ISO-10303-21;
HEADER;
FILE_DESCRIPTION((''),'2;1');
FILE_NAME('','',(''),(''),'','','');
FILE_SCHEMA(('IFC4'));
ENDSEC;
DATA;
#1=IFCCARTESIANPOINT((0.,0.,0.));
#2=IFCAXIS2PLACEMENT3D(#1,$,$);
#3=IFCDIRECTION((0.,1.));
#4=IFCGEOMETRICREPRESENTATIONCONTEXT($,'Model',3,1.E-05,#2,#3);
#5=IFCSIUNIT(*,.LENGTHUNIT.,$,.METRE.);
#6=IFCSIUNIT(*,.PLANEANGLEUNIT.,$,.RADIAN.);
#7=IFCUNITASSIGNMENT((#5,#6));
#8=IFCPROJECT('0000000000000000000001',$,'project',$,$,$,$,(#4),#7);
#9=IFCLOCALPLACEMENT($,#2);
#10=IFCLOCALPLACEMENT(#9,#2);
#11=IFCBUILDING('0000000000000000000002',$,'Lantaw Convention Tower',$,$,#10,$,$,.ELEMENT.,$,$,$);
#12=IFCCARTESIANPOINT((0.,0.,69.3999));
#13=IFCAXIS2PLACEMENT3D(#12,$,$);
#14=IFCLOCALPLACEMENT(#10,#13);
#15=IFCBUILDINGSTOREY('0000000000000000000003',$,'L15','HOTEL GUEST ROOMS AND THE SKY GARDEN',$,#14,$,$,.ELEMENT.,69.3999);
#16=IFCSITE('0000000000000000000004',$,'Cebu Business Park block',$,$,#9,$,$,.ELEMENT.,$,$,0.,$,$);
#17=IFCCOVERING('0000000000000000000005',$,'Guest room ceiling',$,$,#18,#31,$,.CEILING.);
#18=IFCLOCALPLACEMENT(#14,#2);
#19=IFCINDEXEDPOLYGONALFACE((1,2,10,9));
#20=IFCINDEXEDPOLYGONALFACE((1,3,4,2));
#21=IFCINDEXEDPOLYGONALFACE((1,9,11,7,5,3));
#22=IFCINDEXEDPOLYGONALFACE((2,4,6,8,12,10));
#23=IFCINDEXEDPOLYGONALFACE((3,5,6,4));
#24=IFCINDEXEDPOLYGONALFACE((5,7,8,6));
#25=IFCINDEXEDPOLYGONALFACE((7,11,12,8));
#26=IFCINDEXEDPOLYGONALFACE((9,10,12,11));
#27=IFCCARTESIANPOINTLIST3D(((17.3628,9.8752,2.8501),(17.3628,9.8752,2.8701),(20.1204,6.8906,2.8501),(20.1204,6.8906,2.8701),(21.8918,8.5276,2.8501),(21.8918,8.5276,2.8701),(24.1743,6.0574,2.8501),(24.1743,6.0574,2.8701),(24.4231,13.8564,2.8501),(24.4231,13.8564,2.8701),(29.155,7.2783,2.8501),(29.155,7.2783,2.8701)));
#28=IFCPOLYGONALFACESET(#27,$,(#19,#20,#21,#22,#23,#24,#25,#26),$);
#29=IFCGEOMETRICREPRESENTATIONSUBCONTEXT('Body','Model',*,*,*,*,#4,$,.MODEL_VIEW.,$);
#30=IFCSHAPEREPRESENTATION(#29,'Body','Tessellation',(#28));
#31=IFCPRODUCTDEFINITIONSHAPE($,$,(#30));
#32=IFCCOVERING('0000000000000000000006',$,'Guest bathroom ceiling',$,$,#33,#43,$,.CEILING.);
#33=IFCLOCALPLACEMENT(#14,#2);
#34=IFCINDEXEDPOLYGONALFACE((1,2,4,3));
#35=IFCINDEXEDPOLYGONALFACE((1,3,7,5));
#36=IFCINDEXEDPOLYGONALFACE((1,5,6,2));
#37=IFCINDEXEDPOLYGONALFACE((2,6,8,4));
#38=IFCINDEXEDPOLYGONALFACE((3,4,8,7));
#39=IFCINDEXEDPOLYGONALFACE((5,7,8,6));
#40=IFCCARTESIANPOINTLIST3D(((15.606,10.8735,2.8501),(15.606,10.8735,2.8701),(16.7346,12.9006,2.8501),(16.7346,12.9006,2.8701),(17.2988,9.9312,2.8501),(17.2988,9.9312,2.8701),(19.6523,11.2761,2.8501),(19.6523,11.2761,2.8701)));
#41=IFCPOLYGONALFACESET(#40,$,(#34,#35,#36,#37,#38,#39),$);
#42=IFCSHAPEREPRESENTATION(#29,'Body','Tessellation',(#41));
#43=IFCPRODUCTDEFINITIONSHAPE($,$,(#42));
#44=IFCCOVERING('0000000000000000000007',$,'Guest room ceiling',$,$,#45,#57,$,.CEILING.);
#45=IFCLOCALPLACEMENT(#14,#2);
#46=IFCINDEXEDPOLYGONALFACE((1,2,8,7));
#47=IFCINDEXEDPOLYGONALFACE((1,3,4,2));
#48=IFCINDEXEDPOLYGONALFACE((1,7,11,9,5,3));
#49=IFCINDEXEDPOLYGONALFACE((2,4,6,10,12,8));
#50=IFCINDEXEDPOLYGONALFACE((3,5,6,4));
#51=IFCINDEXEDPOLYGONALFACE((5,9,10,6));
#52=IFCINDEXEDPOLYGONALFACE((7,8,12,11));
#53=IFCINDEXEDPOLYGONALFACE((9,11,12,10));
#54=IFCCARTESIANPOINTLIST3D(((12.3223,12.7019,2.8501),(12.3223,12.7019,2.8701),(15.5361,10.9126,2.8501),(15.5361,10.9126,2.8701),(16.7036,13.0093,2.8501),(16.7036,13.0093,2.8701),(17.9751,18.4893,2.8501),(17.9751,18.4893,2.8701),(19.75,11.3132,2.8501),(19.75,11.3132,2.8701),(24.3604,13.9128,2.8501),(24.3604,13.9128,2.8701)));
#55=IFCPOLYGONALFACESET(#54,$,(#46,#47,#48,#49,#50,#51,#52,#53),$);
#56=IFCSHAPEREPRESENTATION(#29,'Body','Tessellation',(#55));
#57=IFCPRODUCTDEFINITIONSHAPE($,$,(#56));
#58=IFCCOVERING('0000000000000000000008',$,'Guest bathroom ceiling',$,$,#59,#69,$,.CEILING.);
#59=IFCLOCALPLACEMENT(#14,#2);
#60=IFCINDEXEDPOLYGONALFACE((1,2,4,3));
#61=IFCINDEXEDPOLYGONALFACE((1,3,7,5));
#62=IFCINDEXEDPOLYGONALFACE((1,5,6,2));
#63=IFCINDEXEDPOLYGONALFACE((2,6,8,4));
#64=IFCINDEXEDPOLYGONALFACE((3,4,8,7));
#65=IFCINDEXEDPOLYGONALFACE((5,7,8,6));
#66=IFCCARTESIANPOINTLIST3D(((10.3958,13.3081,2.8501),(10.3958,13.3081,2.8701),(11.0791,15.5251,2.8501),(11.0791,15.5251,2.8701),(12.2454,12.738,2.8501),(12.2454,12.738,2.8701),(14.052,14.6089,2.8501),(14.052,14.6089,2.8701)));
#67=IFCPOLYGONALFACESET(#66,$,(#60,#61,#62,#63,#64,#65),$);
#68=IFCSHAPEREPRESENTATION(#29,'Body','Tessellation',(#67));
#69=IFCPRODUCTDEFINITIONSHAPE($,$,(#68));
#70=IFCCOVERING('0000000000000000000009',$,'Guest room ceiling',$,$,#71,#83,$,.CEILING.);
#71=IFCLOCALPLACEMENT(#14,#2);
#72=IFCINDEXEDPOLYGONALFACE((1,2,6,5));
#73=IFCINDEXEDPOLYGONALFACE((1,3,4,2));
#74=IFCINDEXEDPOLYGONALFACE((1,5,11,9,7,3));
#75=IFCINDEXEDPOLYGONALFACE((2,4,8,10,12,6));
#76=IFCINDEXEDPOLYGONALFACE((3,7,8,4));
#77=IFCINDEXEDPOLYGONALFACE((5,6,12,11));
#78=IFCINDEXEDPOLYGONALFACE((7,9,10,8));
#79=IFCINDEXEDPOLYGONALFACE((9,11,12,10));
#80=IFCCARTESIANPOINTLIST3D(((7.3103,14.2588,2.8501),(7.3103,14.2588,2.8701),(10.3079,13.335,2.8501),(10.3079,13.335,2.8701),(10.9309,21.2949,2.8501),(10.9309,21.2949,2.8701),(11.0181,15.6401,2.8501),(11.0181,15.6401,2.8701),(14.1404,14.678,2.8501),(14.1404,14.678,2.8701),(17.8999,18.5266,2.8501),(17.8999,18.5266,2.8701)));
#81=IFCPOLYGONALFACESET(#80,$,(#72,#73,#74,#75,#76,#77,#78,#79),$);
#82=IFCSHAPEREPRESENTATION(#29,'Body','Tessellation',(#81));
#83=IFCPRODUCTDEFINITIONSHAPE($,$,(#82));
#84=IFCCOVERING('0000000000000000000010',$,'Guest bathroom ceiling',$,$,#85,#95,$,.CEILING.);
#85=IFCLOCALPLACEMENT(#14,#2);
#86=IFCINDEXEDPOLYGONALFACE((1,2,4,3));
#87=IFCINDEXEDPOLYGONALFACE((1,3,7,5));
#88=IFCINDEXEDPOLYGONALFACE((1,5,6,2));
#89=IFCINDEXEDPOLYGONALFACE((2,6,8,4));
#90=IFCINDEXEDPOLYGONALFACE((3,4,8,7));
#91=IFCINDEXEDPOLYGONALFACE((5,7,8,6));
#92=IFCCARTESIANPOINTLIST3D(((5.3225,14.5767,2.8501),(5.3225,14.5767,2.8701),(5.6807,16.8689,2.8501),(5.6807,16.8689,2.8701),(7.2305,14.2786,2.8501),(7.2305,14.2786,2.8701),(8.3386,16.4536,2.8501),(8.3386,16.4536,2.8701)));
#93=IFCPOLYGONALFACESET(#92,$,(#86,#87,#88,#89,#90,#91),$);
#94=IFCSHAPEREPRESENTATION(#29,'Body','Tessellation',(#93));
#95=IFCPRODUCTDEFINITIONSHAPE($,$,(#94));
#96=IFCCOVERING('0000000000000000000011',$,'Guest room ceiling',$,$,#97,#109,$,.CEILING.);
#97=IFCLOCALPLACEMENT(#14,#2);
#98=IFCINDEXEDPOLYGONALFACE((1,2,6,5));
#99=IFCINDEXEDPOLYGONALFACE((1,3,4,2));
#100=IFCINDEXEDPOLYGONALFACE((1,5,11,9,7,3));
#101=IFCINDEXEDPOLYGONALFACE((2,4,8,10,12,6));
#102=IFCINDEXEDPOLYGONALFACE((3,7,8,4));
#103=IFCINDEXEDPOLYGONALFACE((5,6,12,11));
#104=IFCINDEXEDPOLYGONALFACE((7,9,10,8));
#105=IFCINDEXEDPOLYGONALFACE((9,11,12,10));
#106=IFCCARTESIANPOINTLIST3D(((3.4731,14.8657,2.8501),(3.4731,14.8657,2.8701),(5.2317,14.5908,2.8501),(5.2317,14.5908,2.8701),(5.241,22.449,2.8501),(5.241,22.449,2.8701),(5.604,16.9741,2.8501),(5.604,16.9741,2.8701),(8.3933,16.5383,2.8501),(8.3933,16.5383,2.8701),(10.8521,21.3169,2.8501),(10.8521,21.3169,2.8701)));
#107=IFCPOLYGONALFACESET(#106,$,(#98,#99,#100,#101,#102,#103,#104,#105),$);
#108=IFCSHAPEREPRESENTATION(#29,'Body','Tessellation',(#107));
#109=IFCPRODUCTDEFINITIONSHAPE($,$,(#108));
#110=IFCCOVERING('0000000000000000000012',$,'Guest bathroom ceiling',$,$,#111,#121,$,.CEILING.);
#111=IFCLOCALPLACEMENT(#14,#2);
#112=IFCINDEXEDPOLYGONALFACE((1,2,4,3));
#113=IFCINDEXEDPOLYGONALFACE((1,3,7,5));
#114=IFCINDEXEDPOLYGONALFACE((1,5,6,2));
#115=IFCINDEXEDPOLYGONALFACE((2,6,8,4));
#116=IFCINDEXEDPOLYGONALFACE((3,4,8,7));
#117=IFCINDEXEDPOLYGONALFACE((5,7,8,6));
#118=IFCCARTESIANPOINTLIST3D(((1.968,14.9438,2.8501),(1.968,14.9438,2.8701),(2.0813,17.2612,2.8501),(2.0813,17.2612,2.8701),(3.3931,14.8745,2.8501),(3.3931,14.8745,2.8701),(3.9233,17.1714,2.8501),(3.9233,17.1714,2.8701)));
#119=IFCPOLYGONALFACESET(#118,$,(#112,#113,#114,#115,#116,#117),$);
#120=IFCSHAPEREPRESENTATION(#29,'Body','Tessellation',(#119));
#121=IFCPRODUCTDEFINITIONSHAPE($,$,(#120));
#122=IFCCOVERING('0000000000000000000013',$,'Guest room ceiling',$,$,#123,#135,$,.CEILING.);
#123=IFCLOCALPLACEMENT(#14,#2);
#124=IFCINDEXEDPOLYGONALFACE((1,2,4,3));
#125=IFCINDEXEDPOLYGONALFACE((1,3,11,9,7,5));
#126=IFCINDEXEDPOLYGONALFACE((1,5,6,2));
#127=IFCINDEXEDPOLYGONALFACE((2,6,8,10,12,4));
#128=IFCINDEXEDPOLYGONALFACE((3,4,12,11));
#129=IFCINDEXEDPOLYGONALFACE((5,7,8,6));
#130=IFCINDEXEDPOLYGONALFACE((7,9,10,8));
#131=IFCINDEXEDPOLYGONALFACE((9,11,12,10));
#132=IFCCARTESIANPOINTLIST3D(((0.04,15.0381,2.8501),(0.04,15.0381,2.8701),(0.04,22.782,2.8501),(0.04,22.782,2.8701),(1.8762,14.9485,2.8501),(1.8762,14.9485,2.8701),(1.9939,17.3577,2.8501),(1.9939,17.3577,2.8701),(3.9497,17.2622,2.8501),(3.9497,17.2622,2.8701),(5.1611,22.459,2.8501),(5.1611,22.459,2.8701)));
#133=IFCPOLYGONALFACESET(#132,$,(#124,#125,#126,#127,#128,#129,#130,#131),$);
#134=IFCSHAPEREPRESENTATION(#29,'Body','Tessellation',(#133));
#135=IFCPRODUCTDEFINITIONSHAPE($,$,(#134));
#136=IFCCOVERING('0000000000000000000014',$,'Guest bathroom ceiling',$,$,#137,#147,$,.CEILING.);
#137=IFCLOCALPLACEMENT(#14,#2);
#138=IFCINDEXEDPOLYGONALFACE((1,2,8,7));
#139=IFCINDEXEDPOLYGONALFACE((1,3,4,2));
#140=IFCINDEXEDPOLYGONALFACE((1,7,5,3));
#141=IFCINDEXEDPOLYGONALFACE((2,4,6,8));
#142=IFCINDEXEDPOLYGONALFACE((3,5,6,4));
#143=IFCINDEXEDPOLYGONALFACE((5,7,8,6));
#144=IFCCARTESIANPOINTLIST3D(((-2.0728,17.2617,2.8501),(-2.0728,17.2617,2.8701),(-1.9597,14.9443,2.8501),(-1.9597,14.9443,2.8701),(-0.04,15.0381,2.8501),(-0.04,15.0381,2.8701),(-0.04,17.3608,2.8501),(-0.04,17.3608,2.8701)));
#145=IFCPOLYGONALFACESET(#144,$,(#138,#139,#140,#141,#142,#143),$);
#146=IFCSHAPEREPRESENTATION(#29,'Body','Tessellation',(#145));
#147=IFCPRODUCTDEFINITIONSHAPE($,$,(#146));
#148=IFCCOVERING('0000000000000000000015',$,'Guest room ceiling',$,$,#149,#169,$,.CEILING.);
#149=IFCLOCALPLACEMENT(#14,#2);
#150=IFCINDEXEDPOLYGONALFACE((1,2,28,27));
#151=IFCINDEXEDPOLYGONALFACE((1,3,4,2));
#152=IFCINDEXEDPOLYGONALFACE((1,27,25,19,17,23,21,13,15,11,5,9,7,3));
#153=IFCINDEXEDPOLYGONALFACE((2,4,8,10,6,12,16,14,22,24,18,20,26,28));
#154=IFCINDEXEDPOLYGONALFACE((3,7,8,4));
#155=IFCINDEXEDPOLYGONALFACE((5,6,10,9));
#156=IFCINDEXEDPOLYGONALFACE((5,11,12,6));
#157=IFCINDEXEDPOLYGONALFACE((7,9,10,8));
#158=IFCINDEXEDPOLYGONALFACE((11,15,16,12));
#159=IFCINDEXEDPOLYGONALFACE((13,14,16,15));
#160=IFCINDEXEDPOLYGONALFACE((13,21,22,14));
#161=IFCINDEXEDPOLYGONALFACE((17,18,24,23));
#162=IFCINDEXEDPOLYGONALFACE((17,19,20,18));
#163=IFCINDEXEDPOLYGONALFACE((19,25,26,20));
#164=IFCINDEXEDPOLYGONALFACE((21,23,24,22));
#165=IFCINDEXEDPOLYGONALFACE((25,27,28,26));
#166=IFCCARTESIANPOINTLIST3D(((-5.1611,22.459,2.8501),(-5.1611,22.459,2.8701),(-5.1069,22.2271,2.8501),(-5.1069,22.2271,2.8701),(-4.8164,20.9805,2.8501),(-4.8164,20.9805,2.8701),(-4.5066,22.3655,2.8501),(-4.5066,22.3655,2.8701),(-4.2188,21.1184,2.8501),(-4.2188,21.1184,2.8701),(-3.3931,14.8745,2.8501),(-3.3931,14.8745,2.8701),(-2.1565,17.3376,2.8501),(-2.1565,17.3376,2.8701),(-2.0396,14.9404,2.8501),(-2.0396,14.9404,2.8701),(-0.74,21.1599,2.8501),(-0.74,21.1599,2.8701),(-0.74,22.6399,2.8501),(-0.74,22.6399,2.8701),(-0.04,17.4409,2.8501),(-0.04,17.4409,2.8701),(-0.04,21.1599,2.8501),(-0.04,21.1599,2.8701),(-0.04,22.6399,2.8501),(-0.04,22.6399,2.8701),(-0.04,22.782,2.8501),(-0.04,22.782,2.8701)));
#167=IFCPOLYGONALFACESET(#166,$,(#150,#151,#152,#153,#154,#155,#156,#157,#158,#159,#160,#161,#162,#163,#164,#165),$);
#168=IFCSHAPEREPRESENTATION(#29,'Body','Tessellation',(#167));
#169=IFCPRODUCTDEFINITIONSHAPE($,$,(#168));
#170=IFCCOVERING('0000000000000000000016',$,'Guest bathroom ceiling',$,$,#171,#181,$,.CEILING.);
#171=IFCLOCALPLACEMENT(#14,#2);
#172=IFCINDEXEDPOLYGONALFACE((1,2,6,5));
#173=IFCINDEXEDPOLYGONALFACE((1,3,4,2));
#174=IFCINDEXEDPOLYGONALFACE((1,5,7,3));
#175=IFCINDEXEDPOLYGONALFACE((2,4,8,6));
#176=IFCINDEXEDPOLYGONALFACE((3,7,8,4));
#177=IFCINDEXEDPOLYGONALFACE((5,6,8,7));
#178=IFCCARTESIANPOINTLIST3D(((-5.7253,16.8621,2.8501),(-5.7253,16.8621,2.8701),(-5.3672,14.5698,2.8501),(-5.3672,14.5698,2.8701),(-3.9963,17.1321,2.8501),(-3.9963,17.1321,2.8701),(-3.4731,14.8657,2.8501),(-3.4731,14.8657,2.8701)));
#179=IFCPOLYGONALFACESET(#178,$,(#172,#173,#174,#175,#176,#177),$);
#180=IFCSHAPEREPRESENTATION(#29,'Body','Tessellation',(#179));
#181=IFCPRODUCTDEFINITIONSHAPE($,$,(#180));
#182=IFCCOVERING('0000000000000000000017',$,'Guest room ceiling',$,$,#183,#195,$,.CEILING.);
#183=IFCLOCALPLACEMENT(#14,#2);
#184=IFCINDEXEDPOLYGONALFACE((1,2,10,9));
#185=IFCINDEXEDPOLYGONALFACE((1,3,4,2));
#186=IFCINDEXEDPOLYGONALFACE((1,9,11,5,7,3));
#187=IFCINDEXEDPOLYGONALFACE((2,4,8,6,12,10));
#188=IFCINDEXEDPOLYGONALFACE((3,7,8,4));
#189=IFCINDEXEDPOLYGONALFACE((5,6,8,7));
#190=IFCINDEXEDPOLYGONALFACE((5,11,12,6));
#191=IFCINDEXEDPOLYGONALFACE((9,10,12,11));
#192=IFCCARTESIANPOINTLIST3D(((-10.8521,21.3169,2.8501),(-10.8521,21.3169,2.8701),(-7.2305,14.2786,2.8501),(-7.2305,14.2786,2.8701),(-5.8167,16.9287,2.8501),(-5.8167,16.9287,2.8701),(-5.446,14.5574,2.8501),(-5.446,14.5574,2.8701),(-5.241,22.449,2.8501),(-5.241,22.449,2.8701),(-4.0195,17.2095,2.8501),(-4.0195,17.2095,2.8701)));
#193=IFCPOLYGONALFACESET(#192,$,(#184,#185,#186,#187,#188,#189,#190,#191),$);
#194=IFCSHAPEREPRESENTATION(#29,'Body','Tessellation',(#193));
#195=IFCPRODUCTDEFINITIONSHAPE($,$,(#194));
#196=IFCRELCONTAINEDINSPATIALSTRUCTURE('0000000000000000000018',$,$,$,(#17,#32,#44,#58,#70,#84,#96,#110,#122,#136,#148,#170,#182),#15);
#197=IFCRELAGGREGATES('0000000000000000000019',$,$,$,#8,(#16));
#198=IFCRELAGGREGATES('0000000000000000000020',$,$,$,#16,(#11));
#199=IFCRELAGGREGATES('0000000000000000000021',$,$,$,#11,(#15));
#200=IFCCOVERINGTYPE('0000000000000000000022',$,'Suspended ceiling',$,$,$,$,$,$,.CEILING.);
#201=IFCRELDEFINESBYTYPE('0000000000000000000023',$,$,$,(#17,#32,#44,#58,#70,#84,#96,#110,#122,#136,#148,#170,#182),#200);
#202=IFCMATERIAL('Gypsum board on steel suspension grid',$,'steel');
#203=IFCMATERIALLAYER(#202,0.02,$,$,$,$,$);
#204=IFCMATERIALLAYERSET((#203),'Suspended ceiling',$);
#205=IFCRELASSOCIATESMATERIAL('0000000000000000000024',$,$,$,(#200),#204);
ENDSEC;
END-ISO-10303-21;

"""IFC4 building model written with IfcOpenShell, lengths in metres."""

from ifc_helpers import new_model, si_unit, direction, frame, origin, place, context, subcontext, project, spatial, polyline, outline, extrude, material, layer, layer_set, type_object, element, save


model = new_model("IFC4")

# Units and contexts
model_context = context("Model", 3, precision=1e-05, world=origin(), true_north=direction((0.0, 1.0)))
body_context = subcontext(model_context, "Body", "Model", "MODEL_VIEW")
ifc_project = project(units=[si_unit("LENGTHUNIT", "METRE"), si_unit("PLANEANGLEUNIT", "RADIAN")], contexts=[model_context])

# Site, building, storey
site_placement = place(None, origin())
site = spatial("IfcSite", under=ifc_project, at=site_placement, Name="Cebu Business Park block", CompositionType="ELEMENT", RefElevation=0.0)
building_placement = place(site_placement, origin())
building = spatial("IfcBuilding", under=site, at=building_placement, Name="Lantaw Convention Tower", CompositionType="ELEMENT")
storey_placement = place(building_placement, frame((0.0, 0.0, 69.3999)))
storey = spatial("IfcBuildingStorey", under=building, at=storey_placement, Name="L15", Description="HOTEL GUEST ROOMS AND THE SKY GARDEN", CompositionType="ELEMENT", Elevation=69.3999)

# Coverings
ifc_material_1 = material(Name="Gypsum board on steel suspension grid", Category="steel")
ifc_layer_1 = layer(ifc_material_1, 0.02)
ifc_layer_set_1 = layer_set([ifc_layer_1], Name="Suspended ceiling")
covering_type = type_object("IfcCoveringType", Name="Suspended ceiling", PredefinedType="CEILING", material=ifc_layer_set_1)
covering_1_placement = place(storey_placement, frame((0.0, 0.0, 2.8501)))
element("IfcCovering", 1, at=covering_1_placement, inside=storey, type_object=covering_type, Name="Guest room ceiling", PredefinedType="CEILING", context=body_context, shape_type="SweptSolid", body=[
    extrude(outline(polyline([(24.4231, 13.8564), (17.3628, 9.8752), (20.1204, 6.8906), (21.8918, 8.5276), (24.1743, 6.0574), (29.155, 7.2783), (24.4231, 13.8564)])), origin(), (0.0, 0.0, 1.0), 0.02),
])
covering_2_placement = place(storey_placement, frame((0.0, 0.0, 2.8501)))
element("IfcCovering", 2, at=covering_2_placement, inside=storey, type_object=covering_type, Name="Guest bathroom ceiling", PredefinedType="CEILING", context=body_context, shape_type="SweptSolid", body=[
    extrude(outline(polyline([(17.2988, 9.9312), (19.6523, 11.2761), (16.7346, 12.9006), (15.606, 10.8735), (17.2988, 9.9312)])), origin(), (0.0, 0.0, 1.0), 0.02),
])
covering_3_placement = place(storey_placement, frame((0.0, 0.0, 2.8501)))
element("IfcCovering", 3, at=covering_3_placement, inside=storey, type_object=covering_type, Name="Guest room ceiling", PredefinedType="CEILING", context=body_context, shape_type="SweptSolid", body=[
    extrude(outline(polyline([(12.3223, 12.7019), (15.5361, 10.9126), (16.7036, 13.0093), (19.75, 11.3132), (24.3604, 13.9128), (17.9751, 18.4893), (12.3223, 12.7019)])), origin(), (0.0, 0.0, 1.0), 0.02),
])
covering_4_placement = place(storey_placement, frame((0.0, 0.0, 2.8501)))
element("IfcCovering", 4, at=covering_4_placement, inside=storey, type_object=covering_type, Name="Guest bathroom ceiling", PredefinedType="CEILING", context=body_context, shape_type="SweptSolid", body=[
    extrude(outline(polyline([(12.2454, 12.738), (14.052, 14.6089), (11.0791, 15.5251), (10.3958, 13.3081), (12.2454, 12.738)])), origin(), (0.0, 0.0, 1.0), 0.02),
])
covering_5_placement = place(storey_placement, frame((0.0, 0.0, 2.8501)))
element("IfcCovering", 5, at=covering_5_placement, inside=storey, type_object=covering_type, Name="Guest room ceiling", PredefinedType="CEILING", context=body_context, shape_type="SweptSolid", body=[
    extrude(outline(polyline([(10.9309, 21.2949), (7.3103, 14.2588), (10.3079, 13.335), (11.0181, 15.6401), (14.1404, 14.678), (17.8999, 18.5266), (10.9309, 21.2949)])), origin(), (0.0, 0.0, 1.0), 0.02),
])
covering_6_placement = place(storey_placement, frame((0.0, 0.0, 2.8501)))
element("IfcCovering", 6, at=covering_6_placement, inside=storey, type_object=covering_type, Name="Guest bathroom ceiling", PredefinedType="CEILING", context=body_context, shape_type="SweptSolid", body=[
    extrude(outline(polyline([(7.2305, 14.2786), (8.3386, 16.4536), (5.6807, 16.8689), (5.3225, 14.5767), (7.2305, 14.2786)])), origin(), (0.0, 0.0, 1.0), 0.02),
])
covering_7_placement = place(storey_placement, frame((0.0, 0.0, 2.8501)))
element("IfcCovering", 7, at=covering_7_placement, inside=storey, type_object=covering_type, Name="Guest room ceiling", PredefinedType="CEILING", context=body_context, shape_type="SweptSolid", body=[
    extrude(outline(polyline([(5.241, 22.449), (3.4731, 14.8657), (5.2317, 14.5908), (5.604, 16.9741), (8.3933, 16.5383), (10.8521, 21.3169), (5.241, 22.449)])), origin(), (0.0, 0.0, 1.0), 0.02),
])
covering_8_placement = place(storey_placement, frame((0.0, 0.0, 2.8501)))
element("IfcCovering", 8, at=covering_8_placement, inside=storey, type_object=covering_type, Name="Guest bathroom ceiling", PredefinedType="CEILING", context=body_context, shape_type="SweptSolid", body=[
    extrude(outline(polyline([(3.3931, 14.8745), (3.9233, 17.1714), (2.0813, 17.2612), (1.968, 14.9438), (3.3931, 14.8745)])), origin(), (0.0, 0.0, 1.0), 0.02),
])
covering_9_placement = place(storey_placement, frame((0.0, 0.0, 2.8501)))
element("IfcCovering", 9, at=covering_9_placement, inside=storey, type_object=covering_type, Name="Guest room ceiling", PredefinedType="CEILING", context=body_context, shape_type="SweptSolid", body=[
    extrude(outline(polyline([(0.04, 22.782), (0.04, 15.0381), (1.8762, 14.9485), (1.9939, 17.3577), (3.9497, 17.2622), (5.1611, 22.459), (0.04, 22.782)])), origin(), (0.0, 0.0, 1.0), 0.02),
])
covering_10_placement = place(storey_placement, frame((0.0, 0.0, 2.8501)))
element("IfcCovering", 10, at=covering_10_placement, inside=storey, type_object=covering_type, Name="Guest bathroom ceiling", PredefinedType="CEILING", context=body_context, shape_type="SweptSolid", body=[
    extrude(outline(polyline([(-0.04, 15.0381), (-0.04, 17.3608), (-2.0728, 17.2617), (-1.9597, 14.9443), (-0.04, 15.0381)])), origin(), (0.0, 0.0, 1.0), 0.02),
])
covering_11_placement = place(storey_placement, frame((0.0, 0.0, 2.8501)))
element("IfcCovering", 11, at=covering_11_placement, inside=storey, type_object=covering_type, Name="Guest room ceiling", PredefinedType="CEILING", context=body_context, shape_type="SweptSolid", body=[
    extrude(outline(polyline([(-4.8164, 20.9805), (-3.3931, 14.8745), (-2.0396, 14.9404), (-2.1565, 17.3376), (-0.04, 17.4409), (-0.04, 21.1599), (-0.74, 21.1599), (-0.74, 22.6399), (-0.04, 22.6399), (-0.04, 22.782), (-5.1611, 22.459), (-5.1069, 22.2271), (-4.5066, 22.3655), (-4.2188, 21.1184), (-4.8164, 20.9805)])), origin(), (0.0, 0.0, 1.0), 0.02),
])
covering_12_placement = place(storey_placement, frame((0.0, 0.0, 2.8501)))
element("IfcCovering", 12, at=covering_12_placement, inside=storey, type_object=covering_type, Name="Guest bathroom ceiling", PredefinedType="CEILING", context=body_context, shape_type="SweptSolid", body=[
    extrude(outline(polyline([(-3.4731, 14.8657), (-3.9963, 17.1321), (-5.7253, 16.8621), (-5.3672, 14.5698), (-3.4731, 14.8657)])), origin(), (0.0, 0.0, 1.0), 0.02),
])
covering_13_placement = place(storey_placement, frame((0.0, 0.0, 2.8501)))
element("IfcCovering", 13, at=covering_13_placement, inside=storey, type_object=covering_type, Name="Guest room ceiling", PredefinedType="CEILING", context=body_context, shape_type="SweptSolid", body=[
    extrude(outline(polyline([(-7.2305, 14.2786), (-5.446, 14.5574), (-5.8167, 16.9287), (-4.0195, 17.2095), (-5.241, 22.449), (-10.8521, 21.3169), (-7.2305, 14.2786)])), origin(), (0.0, 0.0, 1.0), 0.02),
])

save(model, "model.ifc")
